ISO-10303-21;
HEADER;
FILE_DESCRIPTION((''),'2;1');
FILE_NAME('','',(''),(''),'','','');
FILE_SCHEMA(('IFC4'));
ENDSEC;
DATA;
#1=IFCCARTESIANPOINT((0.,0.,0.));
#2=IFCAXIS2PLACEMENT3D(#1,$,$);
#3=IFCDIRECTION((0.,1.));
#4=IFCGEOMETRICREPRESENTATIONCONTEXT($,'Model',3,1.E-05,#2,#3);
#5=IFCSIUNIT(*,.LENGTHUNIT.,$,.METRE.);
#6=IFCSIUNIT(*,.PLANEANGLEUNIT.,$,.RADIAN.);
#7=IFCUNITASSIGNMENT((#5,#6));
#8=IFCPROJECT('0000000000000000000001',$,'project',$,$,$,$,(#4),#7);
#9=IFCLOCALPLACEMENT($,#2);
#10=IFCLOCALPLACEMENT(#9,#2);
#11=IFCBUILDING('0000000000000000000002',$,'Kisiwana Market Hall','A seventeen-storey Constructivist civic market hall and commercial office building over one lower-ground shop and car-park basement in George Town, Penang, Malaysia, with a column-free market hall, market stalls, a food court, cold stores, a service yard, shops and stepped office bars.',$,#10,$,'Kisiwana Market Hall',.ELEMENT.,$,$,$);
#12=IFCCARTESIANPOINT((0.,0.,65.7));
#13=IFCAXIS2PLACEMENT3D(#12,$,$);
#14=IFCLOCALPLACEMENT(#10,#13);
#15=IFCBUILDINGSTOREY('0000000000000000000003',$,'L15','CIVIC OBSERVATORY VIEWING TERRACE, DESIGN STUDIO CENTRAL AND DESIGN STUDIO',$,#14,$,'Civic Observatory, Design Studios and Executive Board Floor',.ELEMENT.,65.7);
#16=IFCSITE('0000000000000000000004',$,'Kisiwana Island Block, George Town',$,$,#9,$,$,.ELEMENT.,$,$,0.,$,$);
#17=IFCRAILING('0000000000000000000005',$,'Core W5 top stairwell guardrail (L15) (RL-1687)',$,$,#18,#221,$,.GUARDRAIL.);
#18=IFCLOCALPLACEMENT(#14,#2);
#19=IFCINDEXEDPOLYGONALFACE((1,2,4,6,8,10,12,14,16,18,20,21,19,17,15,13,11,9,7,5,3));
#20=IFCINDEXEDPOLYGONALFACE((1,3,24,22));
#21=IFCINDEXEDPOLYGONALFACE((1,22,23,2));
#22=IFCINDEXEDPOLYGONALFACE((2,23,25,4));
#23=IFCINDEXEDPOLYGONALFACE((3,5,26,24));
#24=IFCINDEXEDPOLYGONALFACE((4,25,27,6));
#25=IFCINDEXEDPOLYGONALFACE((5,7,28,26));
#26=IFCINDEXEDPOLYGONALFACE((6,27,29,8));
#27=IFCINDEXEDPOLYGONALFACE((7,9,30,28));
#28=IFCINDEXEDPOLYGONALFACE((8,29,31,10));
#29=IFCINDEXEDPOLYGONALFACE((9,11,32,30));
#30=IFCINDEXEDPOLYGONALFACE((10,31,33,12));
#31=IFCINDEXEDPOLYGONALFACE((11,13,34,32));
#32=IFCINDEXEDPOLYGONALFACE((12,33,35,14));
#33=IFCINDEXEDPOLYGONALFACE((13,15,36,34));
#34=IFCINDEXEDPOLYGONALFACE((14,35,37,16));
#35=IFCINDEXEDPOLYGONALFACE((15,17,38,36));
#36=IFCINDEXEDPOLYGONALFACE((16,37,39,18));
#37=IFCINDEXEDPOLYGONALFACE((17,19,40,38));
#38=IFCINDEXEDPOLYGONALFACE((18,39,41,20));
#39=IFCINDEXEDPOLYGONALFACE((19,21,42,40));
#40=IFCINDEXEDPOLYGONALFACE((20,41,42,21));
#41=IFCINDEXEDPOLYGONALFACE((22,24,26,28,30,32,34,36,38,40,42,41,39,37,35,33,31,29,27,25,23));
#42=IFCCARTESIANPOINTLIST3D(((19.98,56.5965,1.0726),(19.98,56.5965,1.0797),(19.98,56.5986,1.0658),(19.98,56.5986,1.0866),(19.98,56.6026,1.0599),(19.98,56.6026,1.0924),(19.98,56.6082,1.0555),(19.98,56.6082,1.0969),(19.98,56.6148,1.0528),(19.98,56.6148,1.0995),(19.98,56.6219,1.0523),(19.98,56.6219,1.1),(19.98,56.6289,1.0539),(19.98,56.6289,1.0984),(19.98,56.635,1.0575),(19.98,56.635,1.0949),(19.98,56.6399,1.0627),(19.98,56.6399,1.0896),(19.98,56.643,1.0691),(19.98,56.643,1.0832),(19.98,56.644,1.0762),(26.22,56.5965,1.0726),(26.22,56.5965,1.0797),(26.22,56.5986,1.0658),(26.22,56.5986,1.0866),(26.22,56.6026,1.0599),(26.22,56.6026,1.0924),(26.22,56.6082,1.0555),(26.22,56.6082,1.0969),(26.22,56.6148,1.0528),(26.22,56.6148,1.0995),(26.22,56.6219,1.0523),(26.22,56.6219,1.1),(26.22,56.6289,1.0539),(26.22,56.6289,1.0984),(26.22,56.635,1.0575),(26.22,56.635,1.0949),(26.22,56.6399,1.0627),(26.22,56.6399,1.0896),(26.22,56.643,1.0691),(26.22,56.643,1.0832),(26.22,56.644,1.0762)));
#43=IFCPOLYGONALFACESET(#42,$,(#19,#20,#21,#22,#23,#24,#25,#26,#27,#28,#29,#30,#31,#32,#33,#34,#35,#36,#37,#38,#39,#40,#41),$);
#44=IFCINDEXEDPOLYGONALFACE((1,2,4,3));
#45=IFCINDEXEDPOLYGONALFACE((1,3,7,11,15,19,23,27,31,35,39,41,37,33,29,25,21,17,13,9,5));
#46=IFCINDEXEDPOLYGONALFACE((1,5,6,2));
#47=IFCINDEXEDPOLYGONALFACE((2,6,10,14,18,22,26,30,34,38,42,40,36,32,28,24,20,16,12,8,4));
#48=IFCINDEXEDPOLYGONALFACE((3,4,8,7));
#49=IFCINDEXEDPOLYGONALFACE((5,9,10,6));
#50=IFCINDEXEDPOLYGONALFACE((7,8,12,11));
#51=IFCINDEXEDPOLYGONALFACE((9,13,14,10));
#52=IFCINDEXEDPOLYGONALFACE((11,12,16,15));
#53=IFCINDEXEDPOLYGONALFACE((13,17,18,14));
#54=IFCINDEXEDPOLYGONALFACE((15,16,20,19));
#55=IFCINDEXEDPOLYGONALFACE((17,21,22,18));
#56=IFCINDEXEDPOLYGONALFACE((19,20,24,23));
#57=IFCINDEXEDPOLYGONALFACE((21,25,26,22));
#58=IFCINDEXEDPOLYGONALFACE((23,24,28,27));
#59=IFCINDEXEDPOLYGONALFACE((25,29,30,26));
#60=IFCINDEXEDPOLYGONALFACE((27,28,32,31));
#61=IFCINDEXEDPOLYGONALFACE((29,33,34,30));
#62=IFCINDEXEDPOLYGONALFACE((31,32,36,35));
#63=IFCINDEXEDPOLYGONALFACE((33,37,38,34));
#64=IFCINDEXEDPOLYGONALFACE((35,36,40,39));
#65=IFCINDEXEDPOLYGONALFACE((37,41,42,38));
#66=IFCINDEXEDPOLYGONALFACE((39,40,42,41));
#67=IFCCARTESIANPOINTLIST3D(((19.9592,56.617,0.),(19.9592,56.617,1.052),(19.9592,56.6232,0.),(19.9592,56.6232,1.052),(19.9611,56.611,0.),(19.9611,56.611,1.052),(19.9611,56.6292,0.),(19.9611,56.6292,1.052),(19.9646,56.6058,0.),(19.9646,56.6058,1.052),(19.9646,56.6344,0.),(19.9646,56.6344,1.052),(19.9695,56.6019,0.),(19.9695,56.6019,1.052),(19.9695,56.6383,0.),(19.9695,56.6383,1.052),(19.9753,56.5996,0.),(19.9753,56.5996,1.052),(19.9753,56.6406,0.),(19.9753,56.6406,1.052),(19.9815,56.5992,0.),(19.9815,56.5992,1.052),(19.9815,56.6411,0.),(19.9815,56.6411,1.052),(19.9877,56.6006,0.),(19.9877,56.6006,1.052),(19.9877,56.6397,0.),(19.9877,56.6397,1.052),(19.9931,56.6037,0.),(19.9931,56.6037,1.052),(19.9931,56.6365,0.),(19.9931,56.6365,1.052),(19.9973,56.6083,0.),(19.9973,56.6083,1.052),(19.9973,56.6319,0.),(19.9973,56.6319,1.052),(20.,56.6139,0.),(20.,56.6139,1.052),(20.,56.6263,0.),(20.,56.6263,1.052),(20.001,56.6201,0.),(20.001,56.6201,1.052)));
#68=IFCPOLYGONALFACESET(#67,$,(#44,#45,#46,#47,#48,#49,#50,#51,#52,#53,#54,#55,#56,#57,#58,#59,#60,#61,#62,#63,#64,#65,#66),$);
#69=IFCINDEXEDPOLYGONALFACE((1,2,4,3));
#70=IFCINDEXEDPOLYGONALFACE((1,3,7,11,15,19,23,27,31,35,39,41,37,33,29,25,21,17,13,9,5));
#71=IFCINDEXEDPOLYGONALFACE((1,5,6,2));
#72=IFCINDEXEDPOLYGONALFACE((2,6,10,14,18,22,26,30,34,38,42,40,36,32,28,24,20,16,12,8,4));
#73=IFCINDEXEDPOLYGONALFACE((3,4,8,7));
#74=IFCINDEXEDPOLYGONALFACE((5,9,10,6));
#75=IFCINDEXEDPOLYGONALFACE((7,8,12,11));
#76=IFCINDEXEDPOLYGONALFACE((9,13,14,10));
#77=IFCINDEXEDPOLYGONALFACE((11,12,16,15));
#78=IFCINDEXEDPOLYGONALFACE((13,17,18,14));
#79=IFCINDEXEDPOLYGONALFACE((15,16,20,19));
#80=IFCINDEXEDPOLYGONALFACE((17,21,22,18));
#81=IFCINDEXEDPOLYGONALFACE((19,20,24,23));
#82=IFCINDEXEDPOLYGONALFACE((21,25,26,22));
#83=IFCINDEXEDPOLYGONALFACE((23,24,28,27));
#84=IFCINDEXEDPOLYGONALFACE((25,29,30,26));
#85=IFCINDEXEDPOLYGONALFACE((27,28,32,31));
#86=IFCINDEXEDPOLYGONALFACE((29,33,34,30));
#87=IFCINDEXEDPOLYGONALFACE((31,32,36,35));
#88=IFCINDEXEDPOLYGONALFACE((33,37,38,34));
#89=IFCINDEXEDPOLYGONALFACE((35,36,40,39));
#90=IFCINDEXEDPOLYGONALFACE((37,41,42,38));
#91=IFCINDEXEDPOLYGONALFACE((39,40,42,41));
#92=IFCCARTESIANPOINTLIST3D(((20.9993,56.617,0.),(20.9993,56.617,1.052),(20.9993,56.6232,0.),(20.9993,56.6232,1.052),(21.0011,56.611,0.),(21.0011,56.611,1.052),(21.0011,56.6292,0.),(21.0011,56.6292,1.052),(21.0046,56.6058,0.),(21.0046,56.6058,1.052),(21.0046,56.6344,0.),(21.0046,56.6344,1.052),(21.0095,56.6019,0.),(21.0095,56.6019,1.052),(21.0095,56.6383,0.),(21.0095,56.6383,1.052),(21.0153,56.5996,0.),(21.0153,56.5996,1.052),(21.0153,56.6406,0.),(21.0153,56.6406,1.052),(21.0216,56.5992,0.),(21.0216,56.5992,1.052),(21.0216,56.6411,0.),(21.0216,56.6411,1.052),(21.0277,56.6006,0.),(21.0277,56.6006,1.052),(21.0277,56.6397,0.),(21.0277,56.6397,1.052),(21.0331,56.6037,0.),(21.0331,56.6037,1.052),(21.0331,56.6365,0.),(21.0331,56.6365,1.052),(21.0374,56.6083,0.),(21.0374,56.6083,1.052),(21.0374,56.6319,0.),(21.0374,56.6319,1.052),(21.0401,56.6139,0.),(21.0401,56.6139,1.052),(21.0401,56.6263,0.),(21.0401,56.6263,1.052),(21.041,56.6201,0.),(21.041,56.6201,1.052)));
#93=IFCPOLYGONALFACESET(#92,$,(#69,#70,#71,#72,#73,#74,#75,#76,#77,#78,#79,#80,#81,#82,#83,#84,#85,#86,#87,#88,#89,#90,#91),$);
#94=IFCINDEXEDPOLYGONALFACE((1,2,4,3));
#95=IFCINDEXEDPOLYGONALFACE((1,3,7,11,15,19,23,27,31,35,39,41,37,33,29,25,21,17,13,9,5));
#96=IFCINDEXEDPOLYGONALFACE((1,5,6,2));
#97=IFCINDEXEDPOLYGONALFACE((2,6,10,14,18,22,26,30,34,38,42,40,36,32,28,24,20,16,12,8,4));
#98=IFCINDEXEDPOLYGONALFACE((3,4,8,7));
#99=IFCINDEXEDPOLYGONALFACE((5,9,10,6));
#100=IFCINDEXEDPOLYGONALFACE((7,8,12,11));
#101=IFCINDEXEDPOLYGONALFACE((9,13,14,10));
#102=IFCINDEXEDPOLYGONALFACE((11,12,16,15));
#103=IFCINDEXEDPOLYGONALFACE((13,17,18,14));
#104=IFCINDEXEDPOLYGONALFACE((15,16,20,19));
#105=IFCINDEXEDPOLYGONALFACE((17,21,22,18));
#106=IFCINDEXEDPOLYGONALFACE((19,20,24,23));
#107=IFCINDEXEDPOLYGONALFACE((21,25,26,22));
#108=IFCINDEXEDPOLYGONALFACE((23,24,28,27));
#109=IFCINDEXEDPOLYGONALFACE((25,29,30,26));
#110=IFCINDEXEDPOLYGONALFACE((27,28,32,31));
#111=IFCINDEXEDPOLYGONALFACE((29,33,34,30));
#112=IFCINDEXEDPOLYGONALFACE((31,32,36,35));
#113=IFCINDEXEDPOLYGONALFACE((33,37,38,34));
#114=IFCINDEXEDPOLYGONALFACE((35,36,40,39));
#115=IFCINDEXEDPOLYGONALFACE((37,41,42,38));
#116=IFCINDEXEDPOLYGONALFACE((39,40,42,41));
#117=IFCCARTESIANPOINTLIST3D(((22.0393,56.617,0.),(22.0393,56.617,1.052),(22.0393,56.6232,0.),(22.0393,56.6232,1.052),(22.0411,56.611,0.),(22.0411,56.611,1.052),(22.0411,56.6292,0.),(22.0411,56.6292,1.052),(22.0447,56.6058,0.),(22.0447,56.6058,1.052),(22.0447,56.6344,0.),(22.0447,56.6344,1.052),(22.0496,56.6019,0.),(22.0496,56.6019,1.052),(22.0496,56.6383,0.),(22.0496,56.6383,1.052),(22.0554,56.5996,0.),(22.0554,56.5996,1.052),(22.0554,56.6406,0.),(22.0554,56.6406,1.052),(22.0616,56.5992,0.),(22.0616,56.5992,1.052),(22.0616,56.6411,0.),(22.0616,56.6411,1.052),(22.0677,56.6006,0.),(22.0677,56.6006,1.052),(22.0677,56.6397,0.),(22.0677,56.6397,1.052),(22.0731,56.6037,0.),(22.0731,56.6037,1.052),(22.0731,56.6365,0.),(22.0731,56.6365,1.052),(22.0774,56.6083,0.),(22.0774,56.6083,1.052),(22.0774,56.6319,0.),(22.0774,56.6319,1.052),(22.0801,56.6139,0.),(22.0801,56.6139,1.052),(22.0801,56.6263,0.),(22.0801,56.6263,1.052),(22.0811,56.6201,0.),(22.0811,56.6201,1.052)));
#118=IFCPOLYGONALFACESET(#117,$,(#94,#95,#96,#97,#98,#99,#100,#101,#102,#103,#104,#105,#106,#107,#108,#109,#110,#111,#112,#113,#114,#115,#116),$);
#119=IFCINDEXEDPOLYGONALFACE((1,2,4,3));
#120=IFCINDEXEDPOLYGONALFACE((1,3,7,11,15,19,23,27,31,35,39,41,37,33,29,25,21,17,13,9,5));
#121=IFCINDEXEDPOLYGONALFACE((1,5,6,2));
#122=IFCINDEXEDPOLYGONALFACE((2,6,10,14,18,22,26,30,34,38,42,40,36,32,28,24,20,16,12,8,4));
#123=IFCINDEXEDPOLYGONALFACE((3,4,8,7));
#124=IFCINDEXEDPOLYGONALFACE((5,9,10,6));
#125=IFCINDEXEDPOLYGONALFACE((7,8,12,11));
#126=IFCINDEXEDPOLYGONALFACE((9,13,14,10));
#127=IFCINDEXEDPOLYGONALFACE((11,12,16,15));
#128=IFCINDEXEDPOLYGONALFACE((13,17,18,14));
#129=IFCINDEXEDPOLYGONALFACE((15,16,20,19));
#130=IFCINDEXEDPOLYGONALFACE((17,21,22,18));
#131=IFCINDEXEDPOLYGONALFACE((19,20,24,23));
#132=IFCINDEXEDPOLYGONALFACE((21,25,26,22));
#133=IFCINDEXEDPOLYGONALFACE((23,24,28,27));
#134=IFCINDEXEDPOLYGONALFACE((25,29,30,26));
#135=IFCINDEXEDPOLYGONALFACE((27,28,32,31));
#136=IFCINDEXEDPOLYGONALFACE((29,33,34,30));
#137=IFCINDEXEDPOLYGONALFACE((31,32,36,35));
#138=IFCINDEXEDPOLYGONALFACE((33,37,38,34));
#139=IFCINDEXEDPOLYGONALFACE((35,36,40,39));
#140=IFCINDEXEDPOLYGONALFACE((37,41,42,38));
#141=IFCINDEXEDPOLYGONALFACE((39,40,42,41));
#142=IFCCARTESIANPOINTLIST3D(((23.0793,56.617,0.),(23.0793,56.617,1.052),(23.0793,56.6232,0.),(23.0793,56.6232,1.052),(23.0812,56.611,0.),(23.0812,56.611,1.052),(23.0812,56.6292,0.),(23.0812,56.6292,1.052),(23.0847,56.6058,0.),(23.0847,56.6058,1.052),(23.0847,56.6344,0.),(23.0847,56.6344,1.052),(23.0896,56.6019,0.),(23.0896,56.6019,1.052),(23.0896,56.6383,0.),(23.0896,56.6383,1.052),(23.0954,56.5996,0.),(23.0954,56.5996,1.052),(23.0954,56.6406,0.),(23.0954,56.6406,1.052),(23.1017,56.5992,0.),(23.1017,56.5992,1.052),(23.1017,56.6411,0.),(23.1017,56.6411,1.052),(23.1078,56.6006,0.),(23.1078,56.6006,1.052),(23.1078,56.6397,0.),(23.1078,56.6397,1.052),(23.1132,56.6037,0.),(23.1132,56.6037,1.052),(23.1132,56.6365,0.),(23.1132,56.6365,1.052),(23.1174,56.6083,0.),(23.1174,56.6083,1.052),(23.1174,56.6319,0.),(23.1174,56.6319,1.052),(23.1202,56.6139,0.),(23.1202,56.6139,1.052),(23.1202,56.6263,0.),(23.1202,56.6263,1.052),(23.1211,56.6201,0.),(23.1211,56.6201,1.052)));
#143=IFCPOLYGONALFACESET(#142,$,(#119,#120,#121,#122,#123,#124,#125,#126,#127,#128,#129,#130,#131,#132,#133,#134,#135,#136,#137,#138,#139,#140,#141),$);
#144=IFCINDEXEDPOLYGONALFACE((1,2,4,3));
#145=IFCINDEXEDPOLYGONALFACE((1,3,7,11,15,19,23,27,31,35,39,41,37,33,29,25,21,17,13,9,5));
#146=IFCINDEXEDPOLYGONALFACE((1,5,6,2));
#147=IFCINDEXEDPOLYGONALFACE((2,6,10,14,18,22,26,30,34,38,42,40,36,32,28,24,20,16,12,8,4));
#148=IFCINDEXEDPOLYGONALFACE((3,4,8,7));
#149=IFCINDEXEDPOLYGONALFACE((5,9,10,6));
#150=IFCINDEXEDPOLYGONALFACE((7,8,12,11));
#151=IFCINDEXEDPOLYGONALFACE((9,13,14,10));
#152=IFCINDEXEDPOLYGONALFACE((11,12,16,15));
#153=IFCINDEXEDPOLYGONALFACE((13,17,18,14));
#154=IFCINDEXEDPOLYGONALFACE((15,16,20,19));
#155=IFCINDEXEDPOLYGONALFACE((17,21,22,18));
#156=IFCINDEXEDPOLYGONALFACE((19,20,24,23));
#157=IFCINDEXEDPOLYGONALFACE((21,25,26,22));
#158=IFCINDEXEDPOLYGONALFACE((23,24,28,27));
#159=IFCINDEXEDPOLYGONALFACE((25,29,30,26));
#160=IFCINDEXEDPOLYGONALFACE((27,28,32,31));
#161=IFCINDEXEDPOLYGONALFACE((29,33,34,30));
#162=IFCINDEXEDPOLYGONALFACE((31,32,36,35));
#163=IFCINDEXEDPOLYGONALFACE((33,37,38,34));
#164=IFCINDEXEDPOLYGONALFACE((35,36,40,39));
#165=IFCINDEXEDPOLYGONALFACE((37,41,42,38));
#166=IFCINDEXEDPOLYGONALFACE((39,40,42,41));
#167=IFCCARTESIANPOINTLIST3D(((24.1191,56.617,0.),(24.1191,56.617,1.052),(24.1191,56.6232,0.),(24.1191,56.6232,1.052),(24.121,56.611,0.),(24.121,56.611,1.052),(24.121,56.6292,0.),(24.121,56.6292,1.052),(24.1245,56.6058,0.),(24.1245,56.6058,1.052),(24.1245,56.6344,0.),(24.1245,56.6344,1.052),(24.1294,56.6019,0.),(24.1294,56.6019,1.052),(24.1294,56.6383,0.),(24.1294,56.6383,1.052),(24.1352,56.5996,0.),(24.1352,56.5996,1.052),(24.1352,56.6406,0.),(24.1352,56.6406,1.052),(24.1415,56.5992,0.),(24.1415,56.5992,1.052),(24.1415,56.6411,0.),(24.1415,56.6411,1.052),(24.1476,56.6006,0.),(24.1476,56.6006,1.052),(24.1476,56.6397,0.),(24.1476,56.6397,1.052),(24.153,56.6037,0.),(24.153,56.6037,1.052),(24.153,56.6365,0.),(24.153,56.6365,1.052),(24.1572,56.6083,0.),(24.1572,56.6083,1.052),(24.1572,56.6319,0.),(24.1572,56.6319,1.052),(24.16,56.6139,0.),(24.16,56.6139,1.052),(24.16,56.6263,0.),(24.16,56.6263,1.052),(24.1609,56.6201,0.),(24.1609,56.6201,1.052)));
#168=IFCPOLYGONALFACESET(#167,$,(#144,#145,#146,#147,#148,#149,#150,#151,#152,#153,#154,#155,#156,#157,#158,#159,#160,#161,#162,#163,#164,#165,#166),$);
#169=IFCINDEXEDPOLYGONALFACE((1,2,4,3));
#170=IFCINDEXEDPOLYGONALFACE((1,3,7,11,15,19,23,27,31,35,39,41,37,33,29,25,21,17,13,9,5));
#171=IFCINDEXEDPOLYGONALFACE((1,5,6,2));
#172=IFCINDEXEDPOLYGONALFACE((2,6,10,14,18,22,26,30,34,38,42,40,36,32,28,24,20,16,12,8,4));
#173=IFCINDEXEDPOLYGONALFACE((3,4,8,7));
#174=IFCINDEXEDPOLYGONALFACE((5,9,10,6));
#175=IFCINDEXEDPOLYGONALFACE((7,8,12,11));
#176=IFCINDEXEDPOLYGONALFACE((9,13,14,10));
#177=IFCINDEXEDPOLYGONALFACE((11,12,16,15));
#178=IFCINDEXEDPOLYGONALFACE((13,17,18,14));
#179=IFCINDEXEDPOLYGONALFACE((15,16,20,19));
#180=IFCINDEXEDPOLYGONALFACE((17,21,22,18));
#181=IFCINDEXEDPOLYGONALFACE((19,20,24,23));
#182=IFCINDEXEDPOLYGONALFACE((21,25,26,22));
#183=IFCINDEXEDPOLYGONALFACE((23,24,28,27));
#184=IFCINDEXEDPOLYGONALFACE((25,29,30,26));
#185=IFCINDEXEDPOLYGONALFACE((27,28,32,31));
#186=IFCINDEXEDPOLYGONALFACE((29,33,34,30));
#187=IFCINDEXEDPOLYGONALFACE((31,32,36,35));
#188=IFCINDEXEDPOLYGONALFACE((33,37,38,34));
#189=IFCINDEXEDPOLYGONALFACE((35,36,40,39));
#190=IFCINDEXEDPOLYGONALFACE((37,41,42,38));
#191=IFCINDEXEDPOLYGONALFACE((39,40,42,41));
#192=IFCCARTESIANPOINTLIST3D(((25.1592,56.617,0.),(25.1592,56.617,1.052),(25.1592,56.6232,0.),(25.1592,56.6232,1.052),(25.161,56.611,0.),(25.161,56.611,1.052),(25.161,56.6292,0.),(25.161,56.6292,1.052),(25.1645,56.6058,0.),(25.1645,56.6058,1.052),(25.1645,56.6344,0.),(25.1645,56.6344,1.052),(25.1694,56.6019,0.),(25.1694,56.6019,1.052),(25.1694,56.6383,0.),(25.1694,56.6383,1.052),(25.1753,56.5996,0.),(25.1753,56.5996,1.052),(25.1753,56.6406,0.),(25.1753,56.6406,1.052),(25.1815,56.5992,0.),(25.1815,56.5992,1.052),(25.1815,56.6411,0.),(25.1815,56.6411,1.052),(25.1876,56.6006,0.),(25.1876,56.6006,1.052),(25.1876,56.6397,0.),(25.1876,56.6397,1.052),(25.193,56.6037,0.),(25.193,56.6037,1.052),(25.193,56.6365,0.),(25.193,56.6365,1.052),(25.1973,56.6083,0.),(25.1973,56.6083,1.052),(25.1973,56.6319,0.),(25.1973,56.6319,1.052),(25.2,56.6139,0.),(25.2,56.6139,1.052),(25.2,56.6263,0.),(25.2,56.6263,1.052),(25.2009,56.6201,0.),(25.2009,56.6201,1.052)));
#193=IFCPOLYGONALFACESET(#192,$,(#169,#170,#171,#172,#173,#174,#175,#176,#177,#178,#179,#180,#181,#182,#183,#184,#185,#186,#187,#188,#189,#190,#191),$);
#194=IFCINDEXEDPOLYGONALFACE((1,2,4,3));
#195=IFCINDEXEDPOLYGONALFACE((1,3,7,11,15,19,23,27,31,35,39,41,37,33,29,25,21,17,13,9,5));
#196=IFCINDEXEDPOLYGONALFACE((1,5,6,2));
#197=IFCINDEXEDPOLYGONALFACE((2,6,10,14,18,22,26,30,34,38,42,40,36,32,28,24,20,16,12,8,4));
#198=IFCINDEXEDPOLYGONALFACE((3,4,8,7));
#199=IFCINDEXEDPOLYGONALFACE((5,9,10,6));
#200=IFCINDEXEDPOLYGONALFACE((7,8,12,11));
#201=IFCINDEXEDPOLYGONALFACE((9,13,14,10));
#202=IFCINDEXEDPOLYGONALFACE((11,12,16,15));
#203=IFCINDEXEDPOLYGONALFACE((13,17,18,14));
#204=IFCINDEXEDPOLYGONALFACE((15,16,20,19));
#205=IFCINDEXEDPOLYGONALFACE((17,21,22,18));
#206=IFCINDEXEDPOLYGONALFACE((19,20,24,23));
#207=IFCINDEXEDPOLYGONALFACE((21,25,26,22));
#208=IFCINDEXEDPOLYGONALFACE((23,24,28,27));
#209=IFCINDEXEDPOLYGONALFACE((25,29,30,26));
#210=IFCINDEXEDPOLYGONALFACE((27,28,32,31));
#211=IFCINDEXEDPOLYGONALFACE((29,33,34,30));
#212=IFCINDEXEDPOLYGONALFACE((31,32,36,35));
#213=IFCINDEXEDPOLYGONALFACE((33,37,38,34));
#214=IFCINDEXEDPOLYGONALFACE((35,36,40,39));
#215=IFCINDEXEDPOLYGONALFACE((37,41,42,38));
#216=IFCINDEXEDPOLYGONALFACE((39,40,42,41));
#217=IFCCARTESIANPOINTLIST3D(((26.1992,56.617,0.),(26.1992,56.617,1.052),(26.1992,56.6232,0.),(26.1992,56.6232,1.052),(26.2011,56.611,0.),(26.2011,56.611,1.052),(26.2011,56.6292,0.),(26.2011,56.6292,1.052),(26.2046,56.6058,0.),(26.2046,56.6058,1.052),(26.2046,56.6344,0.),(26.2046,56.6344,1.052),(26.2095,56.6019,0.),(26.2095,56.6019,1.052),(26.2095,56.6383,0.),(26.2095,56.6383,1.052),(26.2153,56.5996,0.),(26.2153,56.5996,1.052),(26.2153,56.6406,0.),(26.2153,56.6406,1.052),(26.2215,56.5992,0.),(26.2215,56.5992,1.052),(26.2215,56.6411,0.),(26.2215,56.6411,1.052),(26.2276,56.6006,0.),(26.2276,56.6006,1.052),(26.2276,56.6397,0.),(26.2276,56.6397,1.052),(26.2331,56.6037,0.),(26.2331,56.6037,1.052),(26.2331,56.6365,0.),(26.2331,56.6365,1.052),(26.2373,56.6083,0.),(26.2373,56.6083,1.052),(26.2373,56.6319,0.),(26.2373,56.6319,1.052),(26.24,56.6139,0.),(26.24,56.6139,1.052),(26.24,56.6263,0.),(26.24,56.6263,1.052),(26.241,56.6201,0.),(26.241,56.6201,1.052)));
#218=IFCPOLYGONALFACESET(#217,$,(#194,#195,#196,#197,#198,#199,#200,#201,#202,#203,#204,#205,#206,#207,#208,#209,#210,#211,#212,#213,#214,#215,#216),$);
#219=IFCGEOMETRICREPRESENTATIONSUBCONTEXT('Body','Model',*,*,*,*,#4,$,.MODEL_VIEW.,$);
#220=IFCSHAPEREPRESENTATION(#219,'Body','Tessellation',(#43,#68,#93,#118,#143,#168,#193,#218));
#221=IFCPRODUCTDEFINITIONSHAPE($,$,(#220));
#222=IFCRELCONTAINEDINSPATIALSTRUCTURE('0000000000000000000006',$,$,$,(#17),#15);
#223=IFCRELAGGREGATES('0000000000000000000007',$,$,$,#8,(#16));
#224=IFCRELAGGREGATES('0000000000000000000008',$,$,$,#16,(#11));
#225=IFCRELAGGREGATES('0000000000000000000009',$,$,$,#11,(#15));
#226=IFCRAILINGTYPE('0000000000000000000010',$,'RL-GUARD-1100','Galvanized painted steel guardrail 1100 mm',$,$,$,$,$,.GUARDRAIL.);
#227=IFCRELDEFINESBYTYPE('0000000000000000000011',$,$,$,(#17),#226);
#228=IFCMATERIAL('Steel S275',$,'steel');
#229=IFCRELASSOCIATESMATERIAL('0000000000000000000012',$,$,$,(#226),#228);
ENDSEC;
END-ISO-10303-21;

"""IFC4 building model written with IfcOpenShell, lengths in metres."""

from ifc_helpers import new_model, si_unit, direction, frame, origin, origin_2d, place, context, subcontext, project, spatial, circle, extrude, material, type_object, element, save


model = new_model("IFC4")

# Units and contexts
model_context = context("Model", 3, precision=1e-05, world=origin(), true_north=direction((0.0, 1.0)))
body_context = subcontext(model_context, "Body", "Model", "MODEL_VIEW")
ifc_project = project(units=[si_unit("LENGTHUNIT", "METRE"), si_unit("PLANEANGLEUNIT", "RADIAN")], contexts=[model_context])

# Site, building, storey
site_placement = place(None, origin())
site = spatial("IfcSite", under=ifc_project, at=site_placement, Name="Kisiwana Island Block, George Town", CompositionType="ELEMENT", RefElevation=0.0)
building_placement = place(site_placement, origin())
building = spatial("IfcBuilding", under=site, at=building_placement, Name="Kisiwana Market Hall", Description="A seventeen-storey Constructivist civic market hall and commercial office building over one lower-ground shop and car-park basement in George Town, Penang, Malaysia, with a column-free market hall, market stalls, a food court, cold stores, a service yard, shops and stepped office bars.", LongName="Kisiwana Market Hall", CompositionType="ELEMENT")
storey_placement = place(building_placement, frame((0.0, 0.0, 65.7)))
storey = spatial("IfcBuildingStorey", under=building, at=storey_placement, Name="L15", Description="CIVIC OBSERVATORY VIEWING TERRACE, DESIGN STUDIO CENTRAL AND DESIGN STUDIO", LongName="Civic Observatory, Design Studios and Executive Board Floor", CompositionType="ELEMENT", Elevation=65.7)

# Railing
ifc_material_1 = material(Name="Steel S275", Category="steel")
railing_type = type_object("IfcRailingType", Name="RL-GUARD-1100", Description="Galvanized painted steel guardrail 1100 mm", PredefinedType="GUARDRAIL", material=ifc_material_1)
for number, where, name in (
    (1, (19.98, 56.6201, 0.0), "Core W5 top stairwell guardrail (L15) (RL-1687)"),
):
    element("IfcRailing", number, at=place(storey_placement, frame(where)), inside=storey, type_object=railing_type, Name=name, PredefinedType="GUARDRAIL", context=body_context, shape_type="SweptSolid", body=[
        extrude(circle(Radius=0.0239, at=origin_2d()), frame((0.0, 0.0, 1.0762), z_axis=(1.0, 0.0, 0.0), x_axis=(0.0, 1.0, 0.0)), (0.0, 0.0, 1.0), 6.24),
        extrude(circle(Radius=0.021, at=origin_2d()), origin(), (0.0, 0.0, 1.0), 1.052),
        extrude(circle(Radius=0.021, at=origin_2d()), frame((1.04, 0.0, 0.0)), (0.0, 0.0, 1.0), 1.052),
        extrude(circle(Radius=0.021, at=origin_2d()), frame((2.0801, 0.0, 0.0)), (0.0, 0.0, 1.0), 1.052),
        extrude(circle(Radius=0.021, at=origin_2d()), frame((3.1201, 0.0, 0.0)), (0.0, 0.0, 1.0), 1.052),
        extrude(circle(Radius=0.021, at=origin_2d()), frame((4.1599, 0.0, 0.0)), (0.0, 0.0, 1.0), 1.052),
        extrude(circle(Radius=0.021, at=origin_2d()), frame((5.2, 0.0, 0.0)), (0.0, 0.0, 1.0), 1.052),
        extrude(circle(Radius=0.021, at=origin_2d()), frame((6.24, 0.0, 0.0)), (0.0, 0.0, 1.0), 1.052),
    ])

save(model, "model.ifc")
